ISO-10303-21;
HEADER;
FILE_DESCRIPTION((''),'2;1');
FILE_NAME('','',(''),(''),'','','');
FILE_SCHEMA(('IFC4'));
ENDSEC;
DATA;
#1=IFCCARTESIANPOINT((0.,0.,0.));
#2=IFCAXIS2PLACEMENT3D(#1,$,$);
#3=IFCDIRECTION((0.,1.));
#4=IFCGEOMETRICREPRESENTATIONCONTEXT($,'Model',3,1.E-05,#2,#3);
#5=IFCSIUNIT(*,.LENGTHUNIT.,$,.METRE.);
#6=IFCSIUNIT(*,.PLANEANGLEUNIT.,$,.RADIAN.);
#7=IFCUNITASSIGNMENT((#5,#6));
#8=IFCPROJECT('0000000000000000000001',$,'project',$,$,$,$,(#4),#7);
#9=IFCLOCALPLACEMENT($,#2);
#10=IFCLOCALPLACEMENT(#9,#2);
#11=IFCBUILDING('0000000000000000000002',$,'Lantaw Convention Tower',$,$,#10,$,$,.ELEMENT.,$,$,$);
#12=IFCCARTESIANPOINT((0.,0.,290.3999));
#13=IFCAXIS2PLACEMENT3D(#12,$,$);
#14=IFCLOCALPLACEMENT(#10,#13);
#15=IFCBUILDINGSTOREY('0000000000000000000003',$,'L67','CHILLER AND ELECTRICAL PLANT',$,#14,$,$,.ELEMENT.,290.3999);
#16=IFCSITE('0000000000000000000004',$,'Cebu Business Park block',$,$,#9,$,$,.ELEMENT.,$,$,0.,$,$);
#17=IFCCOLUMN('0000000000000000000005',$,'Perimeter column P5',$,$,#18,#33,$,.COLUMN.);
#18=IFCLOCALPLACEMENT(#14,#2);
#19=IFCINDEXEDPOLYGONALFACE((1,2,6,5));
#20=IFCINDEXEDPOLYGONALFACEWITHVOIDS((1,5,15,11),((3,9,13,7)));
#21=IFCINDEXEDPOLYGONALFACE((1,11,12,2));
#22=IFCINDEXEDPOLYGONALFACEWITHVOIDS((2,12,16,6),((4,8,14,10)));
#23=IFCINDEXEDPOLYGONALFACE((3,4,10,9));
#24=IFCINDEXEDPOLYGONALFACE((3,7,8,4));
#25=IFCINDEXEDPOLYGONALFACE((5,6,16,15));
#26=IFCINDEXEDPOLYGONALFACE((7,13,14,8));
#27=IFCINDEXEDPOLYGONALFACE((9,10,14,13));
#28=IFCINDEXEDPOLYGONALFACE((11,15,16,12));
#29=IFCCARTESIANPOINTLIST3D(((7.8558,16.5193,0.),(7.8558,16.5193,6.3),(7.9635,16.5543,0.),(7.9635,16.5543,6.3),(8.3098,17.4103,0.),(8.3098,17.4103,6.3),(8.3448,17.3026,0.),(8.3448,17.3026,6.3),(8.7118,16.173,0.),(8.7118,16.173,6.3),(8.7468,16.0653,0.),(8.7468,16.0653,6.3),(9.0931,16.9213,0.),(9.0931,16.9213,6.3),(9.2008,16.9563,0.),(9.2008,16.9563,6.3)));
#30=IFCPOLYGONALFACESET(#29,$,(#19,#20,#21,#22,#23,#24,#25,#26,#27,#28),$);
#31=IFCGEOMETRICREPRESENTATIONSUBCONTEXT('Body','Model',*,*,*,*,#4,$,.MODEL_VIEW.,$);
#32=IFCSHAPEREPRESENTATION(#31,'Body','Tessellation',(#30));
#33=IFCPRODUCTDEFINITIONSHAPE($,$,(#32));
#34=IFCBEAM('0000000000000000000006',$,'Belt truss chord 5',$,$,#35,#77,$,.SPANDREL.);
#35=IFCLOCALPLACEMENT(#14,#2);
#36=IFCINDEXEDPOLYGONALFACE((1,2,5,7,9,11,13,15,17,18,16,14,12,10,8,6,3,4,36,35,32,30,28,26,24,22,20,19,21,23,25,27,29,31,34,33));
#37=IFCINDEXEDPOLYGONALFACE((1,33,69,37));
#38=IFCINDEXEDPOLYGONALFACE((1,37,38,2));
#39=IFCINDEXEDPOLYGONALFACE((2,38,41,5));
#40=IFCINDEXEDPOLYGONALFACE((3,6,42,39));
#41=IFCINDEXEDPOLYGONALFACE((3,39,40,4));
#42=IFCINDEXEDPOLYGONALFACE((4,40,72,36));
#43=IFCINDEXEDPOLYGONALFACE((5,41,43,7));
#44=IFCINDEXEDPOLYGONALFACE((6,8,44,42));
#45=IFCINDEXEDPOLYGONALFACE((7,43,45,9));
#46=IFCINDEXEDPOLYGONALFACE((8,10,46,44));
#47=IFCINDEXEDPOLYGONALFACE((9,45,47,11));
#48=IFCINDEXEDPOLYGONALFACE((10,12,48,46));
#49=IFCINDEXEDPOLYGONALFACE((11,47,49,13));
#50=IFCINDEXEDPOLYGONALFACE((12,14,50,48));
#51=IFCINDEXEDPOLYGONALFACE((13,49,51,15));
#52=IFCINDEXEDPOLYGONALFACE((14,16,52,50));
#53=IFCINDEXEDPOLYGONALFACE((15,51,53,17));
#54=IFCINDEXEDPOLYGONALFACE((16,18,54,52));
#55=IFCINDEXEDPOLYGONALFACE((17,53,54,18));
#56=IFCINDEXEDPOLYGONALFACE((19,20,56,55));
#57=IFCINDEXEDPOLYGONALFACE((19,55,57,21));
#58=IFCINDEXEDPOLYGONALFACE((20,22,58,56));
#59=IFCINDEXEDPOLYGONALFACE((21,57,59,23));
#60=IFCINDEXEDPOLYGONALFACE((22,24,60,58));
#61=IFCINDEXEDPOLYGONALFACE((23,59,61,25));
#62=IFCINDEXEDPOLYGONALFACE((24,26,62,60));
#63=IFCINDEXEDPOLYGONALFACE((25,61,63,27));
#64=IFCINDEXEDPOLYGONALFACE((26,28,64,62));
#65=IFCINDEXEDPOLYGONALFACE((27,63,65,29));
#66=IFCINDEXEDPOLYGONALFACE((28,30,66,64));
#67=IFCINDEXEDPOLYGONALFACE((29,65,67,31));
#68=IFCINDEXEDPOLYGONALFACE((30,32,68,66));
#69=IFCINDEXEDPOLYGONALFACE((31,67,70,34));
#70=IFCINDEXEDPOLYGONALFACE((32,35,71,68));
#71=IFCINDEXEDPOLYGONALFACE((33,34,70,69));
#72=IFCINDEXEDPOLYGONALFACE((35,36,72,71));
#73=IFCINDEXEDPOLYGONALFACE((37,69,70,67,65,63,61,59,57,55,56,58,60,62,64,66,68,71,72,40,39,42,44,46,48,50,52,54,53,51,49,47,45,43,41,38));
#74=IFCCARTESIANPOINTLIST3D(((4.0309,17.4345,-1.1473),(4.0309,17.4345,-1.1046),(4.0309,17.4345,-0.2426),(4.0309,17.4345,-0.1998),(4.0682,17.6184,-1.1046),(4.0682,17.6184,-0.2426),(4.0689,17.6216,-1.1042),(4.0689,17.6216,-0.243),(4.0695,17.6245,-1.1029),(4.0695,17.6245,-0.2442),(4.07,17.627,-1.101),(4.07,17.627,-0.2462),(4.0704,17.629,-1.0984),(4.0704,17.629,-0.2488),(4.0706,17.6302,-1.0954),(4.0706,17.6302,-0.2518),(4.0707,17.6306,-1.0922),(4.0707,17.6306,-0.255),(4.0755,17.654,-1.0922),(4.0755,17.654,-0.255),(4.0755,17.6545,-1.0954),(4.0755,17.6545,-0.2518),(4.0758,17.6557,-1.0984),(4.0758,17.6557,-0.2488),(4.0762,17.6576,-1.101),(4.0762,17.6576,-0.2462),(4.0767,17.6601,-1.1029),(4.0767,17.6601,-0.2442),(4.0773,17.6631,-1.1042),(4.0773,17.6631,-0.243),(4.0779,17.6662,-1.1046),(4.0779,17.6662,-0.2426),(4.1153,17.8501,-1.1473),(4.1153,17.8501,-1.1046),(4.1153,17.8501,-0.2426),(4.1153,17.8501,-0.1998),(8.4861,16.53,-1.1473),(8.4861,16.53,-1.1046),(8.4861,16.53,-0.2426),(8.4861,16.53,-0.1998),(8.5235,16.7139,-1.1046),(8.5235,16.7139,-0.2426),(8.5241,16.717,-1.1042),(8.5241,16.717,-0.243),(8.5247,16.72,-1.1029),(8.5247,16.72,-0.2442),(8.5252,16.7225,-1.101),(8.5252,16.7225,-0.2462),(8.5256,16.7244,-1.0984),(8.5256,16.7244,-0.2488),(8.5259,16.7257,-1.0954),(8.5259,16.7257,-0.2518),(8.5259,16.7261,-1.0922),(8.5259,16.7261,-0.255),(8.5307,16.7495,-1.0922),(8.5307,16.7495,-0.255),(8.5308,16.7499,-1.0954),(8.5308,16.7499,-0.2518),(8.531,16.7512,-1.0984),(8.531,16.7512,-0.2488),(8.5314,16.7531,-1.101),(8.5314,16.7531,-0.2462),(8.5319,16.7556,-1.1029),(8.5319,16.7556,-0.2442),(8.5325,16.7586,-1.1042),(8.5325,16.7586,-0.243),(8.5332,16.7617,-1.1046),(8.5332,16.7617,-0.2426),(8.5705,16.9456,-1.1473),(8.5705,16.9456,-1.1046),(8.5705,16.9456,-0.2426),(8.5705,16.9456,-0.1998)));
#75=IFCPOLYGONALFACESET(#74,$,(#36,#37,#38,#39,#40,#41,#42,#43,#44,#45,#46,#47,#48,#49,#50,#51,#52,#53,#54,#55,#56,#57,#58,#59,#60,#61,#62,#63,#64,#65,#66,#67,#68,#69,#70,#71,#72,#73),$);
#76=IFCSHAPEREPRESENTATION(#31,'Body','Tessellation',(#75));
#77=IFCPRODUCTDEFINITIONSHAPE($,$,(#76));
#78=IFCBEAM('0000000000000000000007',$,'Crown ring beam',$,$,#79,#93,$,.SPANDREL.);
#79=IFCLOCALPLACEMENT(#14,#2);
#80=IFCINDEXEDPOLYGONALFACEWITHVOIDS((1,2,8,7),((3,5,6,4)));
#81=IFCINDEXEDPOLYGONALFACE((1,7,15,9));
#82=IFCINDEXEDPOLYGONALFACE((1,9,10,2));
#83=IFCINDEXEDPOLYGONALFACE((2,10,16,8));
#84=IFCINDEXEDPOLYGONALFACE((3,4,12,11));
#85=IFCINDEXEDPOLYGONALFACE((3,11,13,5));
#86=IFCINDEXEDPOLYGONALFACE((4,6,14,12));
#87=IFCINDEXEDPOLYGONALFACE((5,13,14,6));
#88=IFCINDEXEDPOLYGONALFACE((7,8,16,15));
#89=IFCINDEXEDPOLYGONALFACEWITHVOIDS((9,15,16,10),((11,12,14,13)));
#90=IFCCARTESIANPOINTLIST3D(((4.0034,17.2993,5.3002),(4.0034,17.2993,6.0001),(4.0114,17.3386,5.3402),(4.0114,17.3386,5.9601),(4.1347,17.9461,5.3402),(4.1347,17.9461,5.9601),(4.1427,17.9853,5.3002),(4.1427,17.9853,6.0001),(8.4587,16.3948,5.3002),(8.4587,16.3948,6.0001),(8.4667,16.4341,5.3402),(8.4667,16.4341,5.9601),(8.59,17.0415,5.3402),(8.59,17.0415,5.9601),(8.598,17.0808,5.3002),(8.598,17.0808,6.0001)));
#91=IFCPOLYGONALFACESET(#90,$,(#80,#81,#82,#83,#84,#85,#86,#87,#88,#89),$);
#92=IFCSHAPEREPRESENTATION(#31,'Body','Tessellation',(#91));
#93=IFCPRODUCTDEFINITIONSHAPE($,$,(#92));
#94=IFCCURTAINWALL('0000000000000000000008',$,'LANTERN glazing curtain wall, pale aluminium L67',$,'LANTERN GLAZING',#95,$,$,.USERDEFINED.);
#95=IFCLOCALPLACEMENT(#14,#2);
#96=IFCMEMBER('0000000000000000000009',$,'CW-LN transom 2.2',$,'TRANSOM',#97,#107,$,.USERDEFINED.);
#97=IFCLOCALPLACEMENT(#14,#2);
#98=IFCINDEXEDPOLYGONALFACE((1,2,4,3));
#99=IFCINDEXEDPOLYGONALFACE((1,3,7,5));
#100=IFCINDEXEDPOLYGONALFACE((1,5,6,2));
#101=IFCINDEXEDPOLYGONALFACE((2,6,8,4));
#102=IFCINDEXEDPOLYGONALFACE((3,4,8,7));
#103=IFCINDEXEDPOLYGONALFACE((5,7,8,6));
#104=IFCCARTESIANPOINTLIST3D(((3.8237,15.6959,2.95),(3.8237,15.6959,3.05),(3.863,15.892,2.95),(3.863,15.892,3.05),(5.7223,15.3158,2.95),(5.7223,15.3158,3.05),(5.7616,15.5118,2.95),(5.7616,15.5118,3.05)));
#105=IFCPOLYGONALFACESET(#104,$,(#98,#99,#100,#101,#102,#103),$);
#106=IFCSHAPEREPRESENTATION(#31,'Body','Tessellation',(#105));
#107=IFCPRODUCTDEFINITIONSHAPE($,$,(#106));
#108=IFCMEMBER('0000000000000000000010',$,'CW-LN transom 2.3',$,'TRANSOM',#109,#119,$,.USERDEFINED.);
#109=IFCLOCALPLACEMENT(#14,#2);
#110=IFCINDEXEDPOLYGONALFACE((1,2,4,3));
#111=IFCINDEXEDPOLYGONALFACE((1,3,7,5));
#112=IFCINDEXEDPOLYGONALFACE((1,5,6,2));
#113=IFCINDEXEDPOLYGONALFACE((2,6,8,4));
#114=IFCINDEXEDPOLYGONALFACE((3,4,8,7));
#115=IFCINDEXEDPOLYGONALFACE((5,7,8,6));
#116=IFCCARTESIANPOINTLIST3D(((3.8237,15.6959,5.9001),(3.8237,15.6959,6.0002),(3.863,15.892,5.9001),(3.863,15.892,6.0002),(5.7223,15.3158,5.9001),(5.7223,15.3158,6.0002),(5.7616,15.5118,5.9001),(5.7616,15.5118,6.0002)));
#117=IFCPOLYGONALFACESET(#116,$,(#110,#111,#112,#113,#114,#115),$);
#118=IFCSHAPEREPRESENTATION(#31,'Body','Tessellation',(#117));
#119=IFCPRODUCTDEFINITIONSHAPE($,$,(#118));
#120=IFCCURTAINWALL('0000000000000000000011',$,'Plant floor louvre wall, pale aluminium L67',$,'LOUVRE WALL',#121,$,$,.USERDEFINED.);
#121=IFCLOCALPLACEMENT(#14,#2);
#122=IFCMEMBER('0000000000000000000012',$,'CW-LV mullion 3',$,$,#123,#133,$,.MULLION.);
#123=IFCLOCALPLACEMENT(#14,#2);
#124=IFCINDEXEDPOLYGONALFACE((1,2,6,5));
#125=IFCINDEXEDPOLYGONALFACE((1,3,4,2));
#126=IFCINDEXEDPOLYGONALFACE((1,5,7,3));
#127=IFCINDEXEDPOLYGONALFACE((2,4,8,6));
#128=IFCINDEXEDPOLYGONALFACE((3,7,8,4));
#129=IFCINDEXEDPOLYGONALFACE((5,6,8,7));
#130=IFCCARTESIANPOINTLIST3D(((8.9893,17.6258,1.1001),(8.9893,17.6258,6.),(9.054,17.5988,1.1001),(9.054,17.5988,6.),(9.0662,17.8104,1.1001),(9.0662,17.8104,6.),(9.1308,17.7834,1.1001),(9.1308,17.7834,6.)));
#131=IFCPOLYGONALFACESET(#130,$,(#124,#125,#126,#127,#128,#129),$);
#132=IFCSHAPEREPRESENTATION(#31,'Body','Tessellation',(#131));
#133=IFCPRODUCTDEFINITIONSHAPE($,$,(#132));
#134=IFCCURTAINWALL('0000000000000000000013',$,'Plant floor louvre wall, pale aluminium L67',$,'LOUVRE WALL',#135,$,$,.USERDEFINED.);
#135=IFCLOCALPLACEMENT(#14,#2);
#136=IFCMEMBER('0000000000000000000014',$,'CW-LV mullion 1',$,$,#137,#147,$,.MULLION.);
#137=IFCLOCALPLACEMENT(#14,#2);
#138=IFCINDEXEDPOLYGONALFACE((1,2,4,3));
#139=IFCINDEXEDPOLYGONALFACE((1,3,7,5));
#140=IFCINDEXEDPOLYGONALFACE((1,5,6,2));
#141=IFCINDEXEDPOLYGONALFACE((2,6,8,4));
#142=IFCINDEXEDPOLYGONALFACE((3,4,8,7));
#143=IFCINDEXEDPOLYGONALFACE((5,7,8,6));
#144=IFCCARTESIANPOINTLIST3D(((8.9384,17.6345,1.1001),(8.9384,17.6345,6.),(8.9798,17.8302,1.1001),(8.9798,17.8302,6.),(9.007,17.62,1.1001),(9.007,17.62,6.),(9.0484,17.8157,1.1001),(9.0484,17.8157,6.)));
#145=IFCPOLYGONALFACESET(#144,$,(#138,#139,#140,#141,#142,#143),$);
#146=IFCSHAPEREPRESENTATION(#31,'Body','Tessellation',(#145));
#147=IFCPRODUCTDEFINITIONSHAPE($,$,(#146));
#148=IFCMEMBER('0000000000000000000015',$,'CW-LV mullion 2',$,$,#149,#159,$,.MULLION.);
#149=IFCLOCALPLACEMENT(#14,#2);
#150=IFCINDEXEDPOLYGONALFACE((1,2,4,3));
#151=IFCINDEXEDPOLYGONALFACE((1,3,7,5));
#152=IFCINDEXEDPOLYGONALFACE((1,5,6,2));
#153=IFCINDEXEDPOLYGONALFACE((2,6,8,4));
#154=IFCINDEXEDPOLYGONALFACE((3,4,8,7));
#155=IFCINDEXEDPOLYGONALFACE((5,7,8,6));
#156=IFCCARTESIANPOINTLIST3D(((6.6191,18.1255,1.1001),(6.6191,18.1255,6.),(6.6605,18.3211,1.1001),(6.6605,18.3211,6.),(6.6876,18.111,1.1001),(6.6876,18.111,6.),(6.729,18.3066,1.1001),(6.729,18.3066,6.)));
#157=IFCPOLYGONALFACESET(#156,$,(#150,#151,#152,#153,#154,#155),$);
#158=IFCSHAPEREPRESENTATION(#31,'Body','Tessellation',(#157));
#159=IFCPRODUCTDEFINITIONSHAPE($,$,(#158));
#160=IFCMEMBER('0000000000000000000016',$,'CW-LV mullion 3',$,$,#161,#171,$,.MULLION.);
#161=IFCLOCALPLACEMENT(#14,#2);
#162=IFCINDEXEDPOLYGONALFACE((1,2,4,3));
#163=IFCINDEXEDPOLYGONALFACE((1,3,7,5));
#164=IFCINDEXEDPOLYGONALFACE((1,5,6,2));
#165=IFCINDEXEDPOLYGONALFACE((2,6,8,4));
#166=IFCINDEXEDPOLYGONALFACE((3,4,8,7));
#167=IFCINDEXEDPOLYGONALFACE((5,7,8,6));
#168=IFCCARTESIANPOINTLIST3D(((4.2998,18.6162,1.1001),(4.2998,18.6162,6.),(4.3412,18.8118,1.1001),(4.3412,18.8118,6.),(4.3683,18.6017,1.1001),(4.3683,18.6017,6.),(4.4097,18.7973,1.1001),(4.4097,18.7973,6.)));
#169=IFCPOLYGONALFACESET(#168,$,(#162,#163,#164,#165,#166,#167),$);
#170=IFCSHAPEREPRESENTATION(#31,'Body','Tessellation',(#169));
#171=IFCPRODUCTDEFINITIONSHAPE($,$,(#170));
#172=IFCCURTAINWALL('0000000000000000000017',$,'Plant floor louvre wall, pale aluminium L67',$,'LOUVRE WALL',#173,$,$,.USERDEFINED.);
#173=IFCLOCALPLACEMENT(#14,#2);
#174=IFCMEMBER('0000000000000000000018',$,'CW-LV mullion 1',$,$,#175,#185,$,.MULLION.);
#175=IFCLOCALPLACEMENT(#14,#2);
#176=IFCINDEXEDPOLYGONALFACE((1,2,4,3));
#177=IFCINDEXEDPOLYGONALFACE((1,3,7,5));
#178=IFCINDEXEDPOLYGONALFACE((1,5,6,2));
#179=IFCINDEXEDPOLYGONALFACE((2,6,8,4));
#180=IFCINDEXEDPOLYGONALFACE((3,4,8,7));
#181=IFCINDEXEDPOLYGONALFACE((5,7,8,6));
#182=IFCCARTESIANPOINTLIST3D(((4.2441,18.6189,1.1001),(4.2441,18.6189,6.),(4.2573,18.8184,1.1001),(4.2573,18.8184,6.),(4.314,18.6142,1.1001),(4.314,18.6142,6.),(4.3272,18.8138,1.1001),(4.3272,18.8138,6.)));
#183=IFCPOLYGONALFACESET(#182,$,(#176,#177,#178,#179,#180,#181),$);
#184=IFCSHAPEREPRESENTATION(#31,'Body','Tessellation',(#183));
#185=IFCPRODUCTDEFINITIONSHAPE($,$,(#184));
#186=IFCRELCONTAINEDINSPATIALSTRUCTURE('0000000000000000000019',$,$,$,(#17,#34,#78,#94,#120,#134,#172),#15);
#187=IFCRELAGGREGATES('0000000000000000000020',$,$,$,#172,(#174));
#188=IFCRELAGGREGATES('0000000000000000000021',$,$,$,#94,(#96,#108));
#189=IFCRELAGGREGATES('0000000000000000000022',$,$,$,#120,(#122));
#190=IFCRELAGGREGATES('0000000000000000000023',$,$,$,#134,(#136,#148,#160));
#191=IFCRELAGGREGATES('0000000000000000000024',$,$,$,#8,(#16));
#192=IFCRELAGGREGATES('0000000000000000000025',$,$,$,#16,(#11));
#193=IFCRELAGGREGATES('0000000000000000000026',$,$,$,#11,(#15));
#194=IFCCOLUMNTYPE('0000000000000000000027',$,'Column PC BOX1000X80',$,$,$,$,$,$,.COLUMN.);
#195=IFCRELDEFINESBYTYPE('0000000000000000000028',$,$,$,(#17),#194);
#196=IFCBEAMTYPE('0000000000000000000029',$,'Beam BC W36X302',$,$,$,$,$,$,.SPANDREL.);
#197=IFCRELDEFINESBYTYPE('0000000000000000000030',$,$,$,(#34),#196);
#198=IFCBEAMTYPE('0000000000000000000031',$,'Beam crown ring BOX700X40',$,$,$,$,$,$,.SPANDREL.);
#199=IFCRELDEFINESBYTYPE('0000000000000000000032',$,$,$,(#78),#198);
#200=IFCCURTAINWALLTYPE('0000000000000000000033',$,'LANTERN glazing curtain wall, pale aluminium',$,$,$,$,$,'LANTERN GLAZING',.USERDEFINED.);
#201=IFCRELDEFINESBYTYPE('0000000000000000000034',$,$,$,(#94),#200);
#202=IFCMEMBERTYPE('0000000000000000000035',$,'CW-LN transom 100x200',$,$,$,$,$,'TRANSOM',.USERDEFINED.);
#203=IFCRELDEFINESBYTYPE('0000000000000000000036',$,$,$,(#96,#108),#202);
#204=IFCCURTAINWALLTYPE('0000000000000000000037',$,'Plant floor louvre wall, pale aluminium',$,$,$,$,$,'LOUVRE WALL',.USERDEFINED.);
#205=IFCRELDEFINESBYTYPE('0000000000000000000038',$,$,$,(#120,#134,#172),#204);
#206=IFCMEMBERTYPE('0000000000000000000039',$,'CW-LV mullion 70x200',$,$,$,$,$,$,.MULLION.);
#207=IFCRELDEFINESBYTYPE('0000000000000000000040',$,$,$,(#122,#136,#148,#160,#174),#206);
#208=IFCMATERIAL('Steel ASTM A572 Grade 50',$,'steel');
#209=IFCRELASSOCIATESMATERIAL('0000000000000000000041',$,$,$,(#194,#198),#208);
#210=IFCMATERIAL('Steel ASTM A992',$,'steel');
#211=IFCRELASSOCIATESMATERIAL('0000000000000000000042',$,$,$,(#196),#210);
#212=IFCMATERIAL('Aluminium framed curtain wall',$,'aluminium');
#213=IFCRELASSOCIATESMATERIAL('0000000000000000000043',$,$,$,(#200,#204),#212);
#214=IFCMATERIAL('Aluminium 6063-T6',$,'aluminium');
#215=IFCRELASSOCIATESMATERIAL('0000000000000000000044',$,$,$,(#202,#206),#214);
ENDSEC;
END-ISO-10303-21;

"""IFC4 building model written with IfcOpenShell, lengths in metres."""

from ifc_helpers import new_model, si_unit, direction, frame, origin, origin_2d, place, context, subcontext, project, spatial, rectangle, hollow_rectangle, i_section, extrude, material, material_profile, profile_set, type_object, element, aggregate, save


model = new_model("IFC4")

# Units and contexts
model_context = context("Model", 3, precision=1e-05, world=origin(), true_north=direction((0.0, 1.0)))
body_context = subcontext(model_context, "Body", "Model", "MODEL_VIEW")
ifc_project = project(units=[si_unit("LENGTHUNIT", "METRE"), si_unit("PLANEANGLEUNIT", "RADIAN")], contexts=[model_context])

# Site, building, storey
site_placement = place(None, origin())
site = spatial("IfcSite", under=ifc_project, at=site_placement, Name="Cebu Business Park block", CompositionType="ELEMENT", RefElevation=0.0)
building_placement = place(site_placement, origin())
building = spatial("IfcBuilding", under=site, at=building_placement, Name="Lantaw Convention Tower", CompositionType="ELEMENT")
storey_placement = place(building_placement, frame((0.0, 0.0, 290.3999)))
storey = spatial("IfcBuildingStorey", under=building, at=storey_placement, Name="L67", Description="CHILLER AND ELECTRICAL PLANT", CompositionType="ELEMENT", Elevation=290.3999)

# Column
ifc_material_1 = material(Name="Steel ASTM A572 Grade 50", Category="steel")
ifc_material_profile_1 = material_profile(ifc_material_1, hollow_rectangle(XDim=1.0, YDim=1.0, WallThickness=0.0801, at=origin_2d()), Name="BOX1000X80")
ifc_material_2 = material(Name="Concrete C60/75", Category="concrete")
ifc_material_profile_2 = material_profile(ifc_material_2, rectangle(XDim=0.8401, YDim=0.8401, at=origin_2d()), Name="Concrete fill of BOX1000X80")
ifc_profile_set_1 = profile_set([ifc_material_profile_1, ifc_material_profile_2], Name="Steel ASTM A572 Grade 50")
column_type = type_object("IfcColumnType", Name="Column PC BOX1000X80", PredefinedType="COLUMN", material=ifc_profile_set_1)
column_placement = place(storey_placement, frame((8.5283, 16.7378, 0.0), z_axis=(0.0, 0.0, 1.0), x_axis=(0.45399, 0.891007, 0.0)))
element("IfcColumn", 1, at=column_placement, inside=storey, type_object=column_type, Name="Perimeter column P5", PredefinedType="COLUMN", context=body_context, shape_type="SweptSolid", body=[
    extrude(hollow_rectangle(XDim=1.0, YDim=1.0, WallThickness=0.0801, at=origin_2d()), origin(), (0.0, 0.0, 1.0), 6.3),
])

# Beams
ifc_material_3 = material(Name="Steel ASTM A992", Category="steel")
ifc_material_profile_3 = material_profile(ifc_material_3, i_section(OverallWidth=0.4241, OverallDepth=0.9475, WebThickness=0.0239, FlangeThickness=0.0427, FilletRadius=0.0125, at=origin_2d()), Name="W36X302")
ifc_profile_set_2 = profile_set([ifc_material_profile_3], Name="Steel ASTM A992")
beam_type_1 = type_object("IfcBeamType", Name="Beam BC W36X302", PredefinedType="SPANDREL", material=ifc_profile_set_2)
beam_1_placement = place(storey_placement, frame((8.5283, 16.7378, -0.6736), z_axis=(-0.980006, 0.198966, 0.0), x_axis=(-0.198966, -0.980006, 0.0)))
element("IfcBeam", 2, at=beam_1_placement, inside=storey, type_object=beam_type_1, Name="Belt truss chord 5", PredefinedType="SPANDREL", context=body_context, shape_type="SweptSolid", body=[
    extrude(i_section(OverallWidth=0.4241, OverallDepth=0.9475, WebThickness=0.0239, FlangeThickness=0.0427, FilletRadius=0.0125, at=origin_2d()), origin(), (0.0, 0.0, 1.0), 4.5461),
])
ifc_material_profile_4 = material_profile(ifc_material_1, hollow_rectangle(XDim=0.7, YDim=0.7, WallThickness=0.04, at=origin_2d()), Name="BOX700X40")
ifc_profile_set_3 = profile_set([ifc_material_profile_4], Name="Steel ASTM A572 Grade 50")
beam_type_2 = type_object("IfcBeamType", Name="Beam crown ring BOX700X40", PredefinedType="SPANDREL", material=ifc_profile_set_3)
beam_2_placement = place(storey_placement, frame((8.5283, 16.7378, 5.6501), z_axis=(-0.980006, 0.198966, 0.0), x_axis=(-0.198966, -0.980006, 0.0)))
element("IfcBeam", 3, at=beam_2_placement, inside=storey, type_object=beam_type_2, Name="Crown ring beam", PredefinedType="SPANDREL", context=body_context, shape_type="SweptSolid", body=[
    extrude(hollow_rectangle(XDim=0.7, YDim=0.7, WallThickness=0.04, at=origin_2d()), origin(), (0.0, 0.0, 1.0), 4.5461),
])

# Curtain wall, members
ifc_material_4 = material(Name="Aluminium framed curtain wall", Category="aluminium")
curtain_wall_type_1 = type_object("IfcCurtainWallType", Name="LANTERN glazing curtain wall, pale aluminium", ElementType="LANTERN GLAZING", PredefinedType="USERDEFINED", material=ifc_material_4)
curtain_wall_1_placement = place(storey_placement, origin())
curtain_wall_1 = element("IfcCurtainWall", 4, at=curtain_wall_1_placement, inside=storey, type_object=curtain_wall_type_1, Name="LANTERN glazing curtain wall, pale aluminium L67", ObjectType="LANTERN GLAZING", PredefinedType="USERDEFINED")
ifc_material_5 = material(Name="Aluminium 6063-T6", Category="aluminium")
ifc_material_profile_5 = material_profile(ifc_material_5, rectangle(XDim=0.2, YDim=0.1001, at=origin_2d()), Name="CW-LN transom 100x200")
ifc_profile_set_4 = profile_set([ifc_material_profile_5], Name="Aluminium 6063-T6")
member_type_1 = type_object("IfcMemberType", Name="CW-LN transom 100x200", ElementType="TRANSOM", PredefinedType="USERDEFINED", material=ifc_profile_set_4)
member_1_placement = place(storey_placement, frame((5.7419, 15.4138, 3.0), z_axis=(-0.980542, 0.19631, 0.0), x_axis=(-0.19631, -0.980542, 0.0)))
member_1 = element("IfcMember", 5, at=member_1_placement, type_object=member_type_1, Name="CW-LN transom 2.2", ObjectType="TRANSOM", PredefinedType="USERDEFINED", context=body_context, shape_type="SweptSolid", body=[
    extrude(rectangle(XDim=0.2, YDim=0.1001, at=origin_2d()), origin(), (0.0, 0.0, 1.0), 1.9363),
])
member_2_placement = place(storey_placement, frame((5.7419, 15.4138, 5.9502), z_axis=(-0.980542, 0.19631, 0.0), x_axis=(-0.19631, -0.980542, 0.0)))
member_2 = element("IfcMember", 6, at=member_2_placement, type_object=member_type_1, Name="CW-LN transom 2.3", ObjectType="TRANSOM", PredefinedType="USERDEFINED", context=body_context, shape_type="SweptSolid", body=[
    extrude(rectangle(XDim=0.2, YDim=0.1001, at=origin_2d()), origin(), (0.0, 0.0, 1.0), 1.9363),
])

# Curtain wall, member
curtain_wall_type_2 = type_object("IfcCurtainWallType", Name="Plant floor louvre wall, pale aluminium", ElementType="LOUVRE WALL", PredefinedType="USERDEFINED", material=ifc_material_4)
curtain_wall_2_placement = place(storey_placement, origin())
curtain_wall_2 = element("IfcCurtainWall", 7, at=curtain_wall_2_placement, inside=storey, type_object=curtain_wall_type_2, Name="Plant floor louvre wall, pale aluminium L67", ObjectType="LOUVRE WALL", PredefinedType="USERDEFINED")
ifc_material_profile_6 = material_profile(ifc_material_5, rectangle(XDim=0.2, YDim=0.0701, at=origin_2d()), Name="CW-LV mullion 70x200")
ifc_profile_set_5 = profile_set([ifc_material_profile_6], Name="Aluminium 6063-T6")
member_type_2 = type_object("IfcMemberType", Name="CW-LV mullion 70x200", PredefinedType="MULLION", material=ifc_profile_set_5)
member_3_placement = place(storey_placement, frame((9.0601, 17.7046, 1.1001), z_axis=(0.0, 0.0, 1.0), x_axis=(-0.38446, -0.923142, 0.0)))
member_3 = element("IfcMember", 8, at=member_3_placement, type_object=member_type_2, Name="CW-LV mullion 3", PredefinedType="MULLION", context=body_context, shape_type="SweptSolid", body=[
    extrude(rectangle(XDim=0.2, YDim=0.0701, at=origin_2d()), origin(), (0.0, 0.0, 1.0), 4.8999),
])

# Curtain wall, members
curtain_wall_3_placement = place(storey_placement, origin())
curtain_wall_3 = element("IfcCurtainWall", 9, at=curtain_wall_3_placement, inside=storey, type_object=curtain_wall_type_2, Name="Plant floor louvre wall, pale aluminium L67", ObjectType="LOUVRE WALL", PredefinedType="USERDEFINED")
member_4_placement = place(storey_placement, frame((8.9934, 17.7251, 1.1001), z_axis=(0.0, 0.0, 1.0), x_axis=(-0.20704, -0.978332, 0.0)))
member_4 = element("IfcMember", 10, at=member_4_placement, type_object=member_type_2, Name="CW-LV mullion 1", PredefinedType="MULLION", context=body_context, shape_type="SweptSolid", body=[
    extrude(rectangle(XDim=0.2, YDim=0.0701, at=origin_2d()), origin(), (0.0, 0.0, 1.0), 4.8999),
])
member_5_placement = place(storey_placement, frame((6.6741, 18.2161, 1.1001), z_axis=(0.0, 0.0, 1.0), x_axis=(-0.20704, -0.978332, 0.0)))
member_5 = element("IfcMember", 11, at=member_5_placement, type_object=member_type_2, Name="CW-LV mullion 2", PredefinedType="MULLION", context=body_context, shape_type="SweptSolid", body=[
    extrude(rectangle(XDim=0.2, YDim=0.0701, at=origin_2d()), origin(), (0.0, 0.0, 1.0), 4.8999),
])
member_6_placement = place(storey_placement, frame((4.3547, 18.7068, 1.1001), z_axis=(0.0, 0.0, 1.0), x_axis=(-0.20704, -0.978332, 0.0)))
member_6 = element("IfcMember", 12, at=member_6_placement, type_object=member_type_2, Name="CW-LV mullion 3", PredefinedType="MULLION", context=body_context, shape_type="SweptSolid", body=[
    extrude(rectangle(XDim=0.2, YDim=0.0701, at=origin_2d()), origin(), (0.0, 0.0, 1.0), 4.8999),
])

# Curtain wall, member
curtain_wall_4_placement = place(storey_placement, origin())
curtain_wall_4 = element("IfcCurtainWall", 13, at=curtain_wall_4_placement, inside=storey, type_object=curtain_wall_type_2, Name="Plant floor louvre wall, pale aluminium L67", ObjectType="LOUVRE WALL", PredefinedType="USERDEFINED")
member_7_placement = place(storey_placement, frame((4.2856, 18.7163, 1.1001), z_axis=(0.0, 0.0, 1.0), x_axis=(-0.066025, -0.997818, 0.0)))
member_7 = element("IfcMember", 14, at=member_7_placement, type_object=member_type_2, Name="CW-LV mullion 1", PredefinedType="MULLION", context=body_context, shape_type="SweptSolid", body=[
    extrude(rectangle(XDim=0.2, YDim=0.0701, at=origin_2d()), origin(), (0.0, 0.0, 1.0), 4.8999),
])

aggregate(curtain_wall_4, [member_7])

aggregate(curtain_wall_1, [member_1, member_2])
aggregate(curtain_wall_2, [member_3])
aggregate(curtain_wall_3, [member_4, member_5, member_6])

save(model, "model.ifc")
